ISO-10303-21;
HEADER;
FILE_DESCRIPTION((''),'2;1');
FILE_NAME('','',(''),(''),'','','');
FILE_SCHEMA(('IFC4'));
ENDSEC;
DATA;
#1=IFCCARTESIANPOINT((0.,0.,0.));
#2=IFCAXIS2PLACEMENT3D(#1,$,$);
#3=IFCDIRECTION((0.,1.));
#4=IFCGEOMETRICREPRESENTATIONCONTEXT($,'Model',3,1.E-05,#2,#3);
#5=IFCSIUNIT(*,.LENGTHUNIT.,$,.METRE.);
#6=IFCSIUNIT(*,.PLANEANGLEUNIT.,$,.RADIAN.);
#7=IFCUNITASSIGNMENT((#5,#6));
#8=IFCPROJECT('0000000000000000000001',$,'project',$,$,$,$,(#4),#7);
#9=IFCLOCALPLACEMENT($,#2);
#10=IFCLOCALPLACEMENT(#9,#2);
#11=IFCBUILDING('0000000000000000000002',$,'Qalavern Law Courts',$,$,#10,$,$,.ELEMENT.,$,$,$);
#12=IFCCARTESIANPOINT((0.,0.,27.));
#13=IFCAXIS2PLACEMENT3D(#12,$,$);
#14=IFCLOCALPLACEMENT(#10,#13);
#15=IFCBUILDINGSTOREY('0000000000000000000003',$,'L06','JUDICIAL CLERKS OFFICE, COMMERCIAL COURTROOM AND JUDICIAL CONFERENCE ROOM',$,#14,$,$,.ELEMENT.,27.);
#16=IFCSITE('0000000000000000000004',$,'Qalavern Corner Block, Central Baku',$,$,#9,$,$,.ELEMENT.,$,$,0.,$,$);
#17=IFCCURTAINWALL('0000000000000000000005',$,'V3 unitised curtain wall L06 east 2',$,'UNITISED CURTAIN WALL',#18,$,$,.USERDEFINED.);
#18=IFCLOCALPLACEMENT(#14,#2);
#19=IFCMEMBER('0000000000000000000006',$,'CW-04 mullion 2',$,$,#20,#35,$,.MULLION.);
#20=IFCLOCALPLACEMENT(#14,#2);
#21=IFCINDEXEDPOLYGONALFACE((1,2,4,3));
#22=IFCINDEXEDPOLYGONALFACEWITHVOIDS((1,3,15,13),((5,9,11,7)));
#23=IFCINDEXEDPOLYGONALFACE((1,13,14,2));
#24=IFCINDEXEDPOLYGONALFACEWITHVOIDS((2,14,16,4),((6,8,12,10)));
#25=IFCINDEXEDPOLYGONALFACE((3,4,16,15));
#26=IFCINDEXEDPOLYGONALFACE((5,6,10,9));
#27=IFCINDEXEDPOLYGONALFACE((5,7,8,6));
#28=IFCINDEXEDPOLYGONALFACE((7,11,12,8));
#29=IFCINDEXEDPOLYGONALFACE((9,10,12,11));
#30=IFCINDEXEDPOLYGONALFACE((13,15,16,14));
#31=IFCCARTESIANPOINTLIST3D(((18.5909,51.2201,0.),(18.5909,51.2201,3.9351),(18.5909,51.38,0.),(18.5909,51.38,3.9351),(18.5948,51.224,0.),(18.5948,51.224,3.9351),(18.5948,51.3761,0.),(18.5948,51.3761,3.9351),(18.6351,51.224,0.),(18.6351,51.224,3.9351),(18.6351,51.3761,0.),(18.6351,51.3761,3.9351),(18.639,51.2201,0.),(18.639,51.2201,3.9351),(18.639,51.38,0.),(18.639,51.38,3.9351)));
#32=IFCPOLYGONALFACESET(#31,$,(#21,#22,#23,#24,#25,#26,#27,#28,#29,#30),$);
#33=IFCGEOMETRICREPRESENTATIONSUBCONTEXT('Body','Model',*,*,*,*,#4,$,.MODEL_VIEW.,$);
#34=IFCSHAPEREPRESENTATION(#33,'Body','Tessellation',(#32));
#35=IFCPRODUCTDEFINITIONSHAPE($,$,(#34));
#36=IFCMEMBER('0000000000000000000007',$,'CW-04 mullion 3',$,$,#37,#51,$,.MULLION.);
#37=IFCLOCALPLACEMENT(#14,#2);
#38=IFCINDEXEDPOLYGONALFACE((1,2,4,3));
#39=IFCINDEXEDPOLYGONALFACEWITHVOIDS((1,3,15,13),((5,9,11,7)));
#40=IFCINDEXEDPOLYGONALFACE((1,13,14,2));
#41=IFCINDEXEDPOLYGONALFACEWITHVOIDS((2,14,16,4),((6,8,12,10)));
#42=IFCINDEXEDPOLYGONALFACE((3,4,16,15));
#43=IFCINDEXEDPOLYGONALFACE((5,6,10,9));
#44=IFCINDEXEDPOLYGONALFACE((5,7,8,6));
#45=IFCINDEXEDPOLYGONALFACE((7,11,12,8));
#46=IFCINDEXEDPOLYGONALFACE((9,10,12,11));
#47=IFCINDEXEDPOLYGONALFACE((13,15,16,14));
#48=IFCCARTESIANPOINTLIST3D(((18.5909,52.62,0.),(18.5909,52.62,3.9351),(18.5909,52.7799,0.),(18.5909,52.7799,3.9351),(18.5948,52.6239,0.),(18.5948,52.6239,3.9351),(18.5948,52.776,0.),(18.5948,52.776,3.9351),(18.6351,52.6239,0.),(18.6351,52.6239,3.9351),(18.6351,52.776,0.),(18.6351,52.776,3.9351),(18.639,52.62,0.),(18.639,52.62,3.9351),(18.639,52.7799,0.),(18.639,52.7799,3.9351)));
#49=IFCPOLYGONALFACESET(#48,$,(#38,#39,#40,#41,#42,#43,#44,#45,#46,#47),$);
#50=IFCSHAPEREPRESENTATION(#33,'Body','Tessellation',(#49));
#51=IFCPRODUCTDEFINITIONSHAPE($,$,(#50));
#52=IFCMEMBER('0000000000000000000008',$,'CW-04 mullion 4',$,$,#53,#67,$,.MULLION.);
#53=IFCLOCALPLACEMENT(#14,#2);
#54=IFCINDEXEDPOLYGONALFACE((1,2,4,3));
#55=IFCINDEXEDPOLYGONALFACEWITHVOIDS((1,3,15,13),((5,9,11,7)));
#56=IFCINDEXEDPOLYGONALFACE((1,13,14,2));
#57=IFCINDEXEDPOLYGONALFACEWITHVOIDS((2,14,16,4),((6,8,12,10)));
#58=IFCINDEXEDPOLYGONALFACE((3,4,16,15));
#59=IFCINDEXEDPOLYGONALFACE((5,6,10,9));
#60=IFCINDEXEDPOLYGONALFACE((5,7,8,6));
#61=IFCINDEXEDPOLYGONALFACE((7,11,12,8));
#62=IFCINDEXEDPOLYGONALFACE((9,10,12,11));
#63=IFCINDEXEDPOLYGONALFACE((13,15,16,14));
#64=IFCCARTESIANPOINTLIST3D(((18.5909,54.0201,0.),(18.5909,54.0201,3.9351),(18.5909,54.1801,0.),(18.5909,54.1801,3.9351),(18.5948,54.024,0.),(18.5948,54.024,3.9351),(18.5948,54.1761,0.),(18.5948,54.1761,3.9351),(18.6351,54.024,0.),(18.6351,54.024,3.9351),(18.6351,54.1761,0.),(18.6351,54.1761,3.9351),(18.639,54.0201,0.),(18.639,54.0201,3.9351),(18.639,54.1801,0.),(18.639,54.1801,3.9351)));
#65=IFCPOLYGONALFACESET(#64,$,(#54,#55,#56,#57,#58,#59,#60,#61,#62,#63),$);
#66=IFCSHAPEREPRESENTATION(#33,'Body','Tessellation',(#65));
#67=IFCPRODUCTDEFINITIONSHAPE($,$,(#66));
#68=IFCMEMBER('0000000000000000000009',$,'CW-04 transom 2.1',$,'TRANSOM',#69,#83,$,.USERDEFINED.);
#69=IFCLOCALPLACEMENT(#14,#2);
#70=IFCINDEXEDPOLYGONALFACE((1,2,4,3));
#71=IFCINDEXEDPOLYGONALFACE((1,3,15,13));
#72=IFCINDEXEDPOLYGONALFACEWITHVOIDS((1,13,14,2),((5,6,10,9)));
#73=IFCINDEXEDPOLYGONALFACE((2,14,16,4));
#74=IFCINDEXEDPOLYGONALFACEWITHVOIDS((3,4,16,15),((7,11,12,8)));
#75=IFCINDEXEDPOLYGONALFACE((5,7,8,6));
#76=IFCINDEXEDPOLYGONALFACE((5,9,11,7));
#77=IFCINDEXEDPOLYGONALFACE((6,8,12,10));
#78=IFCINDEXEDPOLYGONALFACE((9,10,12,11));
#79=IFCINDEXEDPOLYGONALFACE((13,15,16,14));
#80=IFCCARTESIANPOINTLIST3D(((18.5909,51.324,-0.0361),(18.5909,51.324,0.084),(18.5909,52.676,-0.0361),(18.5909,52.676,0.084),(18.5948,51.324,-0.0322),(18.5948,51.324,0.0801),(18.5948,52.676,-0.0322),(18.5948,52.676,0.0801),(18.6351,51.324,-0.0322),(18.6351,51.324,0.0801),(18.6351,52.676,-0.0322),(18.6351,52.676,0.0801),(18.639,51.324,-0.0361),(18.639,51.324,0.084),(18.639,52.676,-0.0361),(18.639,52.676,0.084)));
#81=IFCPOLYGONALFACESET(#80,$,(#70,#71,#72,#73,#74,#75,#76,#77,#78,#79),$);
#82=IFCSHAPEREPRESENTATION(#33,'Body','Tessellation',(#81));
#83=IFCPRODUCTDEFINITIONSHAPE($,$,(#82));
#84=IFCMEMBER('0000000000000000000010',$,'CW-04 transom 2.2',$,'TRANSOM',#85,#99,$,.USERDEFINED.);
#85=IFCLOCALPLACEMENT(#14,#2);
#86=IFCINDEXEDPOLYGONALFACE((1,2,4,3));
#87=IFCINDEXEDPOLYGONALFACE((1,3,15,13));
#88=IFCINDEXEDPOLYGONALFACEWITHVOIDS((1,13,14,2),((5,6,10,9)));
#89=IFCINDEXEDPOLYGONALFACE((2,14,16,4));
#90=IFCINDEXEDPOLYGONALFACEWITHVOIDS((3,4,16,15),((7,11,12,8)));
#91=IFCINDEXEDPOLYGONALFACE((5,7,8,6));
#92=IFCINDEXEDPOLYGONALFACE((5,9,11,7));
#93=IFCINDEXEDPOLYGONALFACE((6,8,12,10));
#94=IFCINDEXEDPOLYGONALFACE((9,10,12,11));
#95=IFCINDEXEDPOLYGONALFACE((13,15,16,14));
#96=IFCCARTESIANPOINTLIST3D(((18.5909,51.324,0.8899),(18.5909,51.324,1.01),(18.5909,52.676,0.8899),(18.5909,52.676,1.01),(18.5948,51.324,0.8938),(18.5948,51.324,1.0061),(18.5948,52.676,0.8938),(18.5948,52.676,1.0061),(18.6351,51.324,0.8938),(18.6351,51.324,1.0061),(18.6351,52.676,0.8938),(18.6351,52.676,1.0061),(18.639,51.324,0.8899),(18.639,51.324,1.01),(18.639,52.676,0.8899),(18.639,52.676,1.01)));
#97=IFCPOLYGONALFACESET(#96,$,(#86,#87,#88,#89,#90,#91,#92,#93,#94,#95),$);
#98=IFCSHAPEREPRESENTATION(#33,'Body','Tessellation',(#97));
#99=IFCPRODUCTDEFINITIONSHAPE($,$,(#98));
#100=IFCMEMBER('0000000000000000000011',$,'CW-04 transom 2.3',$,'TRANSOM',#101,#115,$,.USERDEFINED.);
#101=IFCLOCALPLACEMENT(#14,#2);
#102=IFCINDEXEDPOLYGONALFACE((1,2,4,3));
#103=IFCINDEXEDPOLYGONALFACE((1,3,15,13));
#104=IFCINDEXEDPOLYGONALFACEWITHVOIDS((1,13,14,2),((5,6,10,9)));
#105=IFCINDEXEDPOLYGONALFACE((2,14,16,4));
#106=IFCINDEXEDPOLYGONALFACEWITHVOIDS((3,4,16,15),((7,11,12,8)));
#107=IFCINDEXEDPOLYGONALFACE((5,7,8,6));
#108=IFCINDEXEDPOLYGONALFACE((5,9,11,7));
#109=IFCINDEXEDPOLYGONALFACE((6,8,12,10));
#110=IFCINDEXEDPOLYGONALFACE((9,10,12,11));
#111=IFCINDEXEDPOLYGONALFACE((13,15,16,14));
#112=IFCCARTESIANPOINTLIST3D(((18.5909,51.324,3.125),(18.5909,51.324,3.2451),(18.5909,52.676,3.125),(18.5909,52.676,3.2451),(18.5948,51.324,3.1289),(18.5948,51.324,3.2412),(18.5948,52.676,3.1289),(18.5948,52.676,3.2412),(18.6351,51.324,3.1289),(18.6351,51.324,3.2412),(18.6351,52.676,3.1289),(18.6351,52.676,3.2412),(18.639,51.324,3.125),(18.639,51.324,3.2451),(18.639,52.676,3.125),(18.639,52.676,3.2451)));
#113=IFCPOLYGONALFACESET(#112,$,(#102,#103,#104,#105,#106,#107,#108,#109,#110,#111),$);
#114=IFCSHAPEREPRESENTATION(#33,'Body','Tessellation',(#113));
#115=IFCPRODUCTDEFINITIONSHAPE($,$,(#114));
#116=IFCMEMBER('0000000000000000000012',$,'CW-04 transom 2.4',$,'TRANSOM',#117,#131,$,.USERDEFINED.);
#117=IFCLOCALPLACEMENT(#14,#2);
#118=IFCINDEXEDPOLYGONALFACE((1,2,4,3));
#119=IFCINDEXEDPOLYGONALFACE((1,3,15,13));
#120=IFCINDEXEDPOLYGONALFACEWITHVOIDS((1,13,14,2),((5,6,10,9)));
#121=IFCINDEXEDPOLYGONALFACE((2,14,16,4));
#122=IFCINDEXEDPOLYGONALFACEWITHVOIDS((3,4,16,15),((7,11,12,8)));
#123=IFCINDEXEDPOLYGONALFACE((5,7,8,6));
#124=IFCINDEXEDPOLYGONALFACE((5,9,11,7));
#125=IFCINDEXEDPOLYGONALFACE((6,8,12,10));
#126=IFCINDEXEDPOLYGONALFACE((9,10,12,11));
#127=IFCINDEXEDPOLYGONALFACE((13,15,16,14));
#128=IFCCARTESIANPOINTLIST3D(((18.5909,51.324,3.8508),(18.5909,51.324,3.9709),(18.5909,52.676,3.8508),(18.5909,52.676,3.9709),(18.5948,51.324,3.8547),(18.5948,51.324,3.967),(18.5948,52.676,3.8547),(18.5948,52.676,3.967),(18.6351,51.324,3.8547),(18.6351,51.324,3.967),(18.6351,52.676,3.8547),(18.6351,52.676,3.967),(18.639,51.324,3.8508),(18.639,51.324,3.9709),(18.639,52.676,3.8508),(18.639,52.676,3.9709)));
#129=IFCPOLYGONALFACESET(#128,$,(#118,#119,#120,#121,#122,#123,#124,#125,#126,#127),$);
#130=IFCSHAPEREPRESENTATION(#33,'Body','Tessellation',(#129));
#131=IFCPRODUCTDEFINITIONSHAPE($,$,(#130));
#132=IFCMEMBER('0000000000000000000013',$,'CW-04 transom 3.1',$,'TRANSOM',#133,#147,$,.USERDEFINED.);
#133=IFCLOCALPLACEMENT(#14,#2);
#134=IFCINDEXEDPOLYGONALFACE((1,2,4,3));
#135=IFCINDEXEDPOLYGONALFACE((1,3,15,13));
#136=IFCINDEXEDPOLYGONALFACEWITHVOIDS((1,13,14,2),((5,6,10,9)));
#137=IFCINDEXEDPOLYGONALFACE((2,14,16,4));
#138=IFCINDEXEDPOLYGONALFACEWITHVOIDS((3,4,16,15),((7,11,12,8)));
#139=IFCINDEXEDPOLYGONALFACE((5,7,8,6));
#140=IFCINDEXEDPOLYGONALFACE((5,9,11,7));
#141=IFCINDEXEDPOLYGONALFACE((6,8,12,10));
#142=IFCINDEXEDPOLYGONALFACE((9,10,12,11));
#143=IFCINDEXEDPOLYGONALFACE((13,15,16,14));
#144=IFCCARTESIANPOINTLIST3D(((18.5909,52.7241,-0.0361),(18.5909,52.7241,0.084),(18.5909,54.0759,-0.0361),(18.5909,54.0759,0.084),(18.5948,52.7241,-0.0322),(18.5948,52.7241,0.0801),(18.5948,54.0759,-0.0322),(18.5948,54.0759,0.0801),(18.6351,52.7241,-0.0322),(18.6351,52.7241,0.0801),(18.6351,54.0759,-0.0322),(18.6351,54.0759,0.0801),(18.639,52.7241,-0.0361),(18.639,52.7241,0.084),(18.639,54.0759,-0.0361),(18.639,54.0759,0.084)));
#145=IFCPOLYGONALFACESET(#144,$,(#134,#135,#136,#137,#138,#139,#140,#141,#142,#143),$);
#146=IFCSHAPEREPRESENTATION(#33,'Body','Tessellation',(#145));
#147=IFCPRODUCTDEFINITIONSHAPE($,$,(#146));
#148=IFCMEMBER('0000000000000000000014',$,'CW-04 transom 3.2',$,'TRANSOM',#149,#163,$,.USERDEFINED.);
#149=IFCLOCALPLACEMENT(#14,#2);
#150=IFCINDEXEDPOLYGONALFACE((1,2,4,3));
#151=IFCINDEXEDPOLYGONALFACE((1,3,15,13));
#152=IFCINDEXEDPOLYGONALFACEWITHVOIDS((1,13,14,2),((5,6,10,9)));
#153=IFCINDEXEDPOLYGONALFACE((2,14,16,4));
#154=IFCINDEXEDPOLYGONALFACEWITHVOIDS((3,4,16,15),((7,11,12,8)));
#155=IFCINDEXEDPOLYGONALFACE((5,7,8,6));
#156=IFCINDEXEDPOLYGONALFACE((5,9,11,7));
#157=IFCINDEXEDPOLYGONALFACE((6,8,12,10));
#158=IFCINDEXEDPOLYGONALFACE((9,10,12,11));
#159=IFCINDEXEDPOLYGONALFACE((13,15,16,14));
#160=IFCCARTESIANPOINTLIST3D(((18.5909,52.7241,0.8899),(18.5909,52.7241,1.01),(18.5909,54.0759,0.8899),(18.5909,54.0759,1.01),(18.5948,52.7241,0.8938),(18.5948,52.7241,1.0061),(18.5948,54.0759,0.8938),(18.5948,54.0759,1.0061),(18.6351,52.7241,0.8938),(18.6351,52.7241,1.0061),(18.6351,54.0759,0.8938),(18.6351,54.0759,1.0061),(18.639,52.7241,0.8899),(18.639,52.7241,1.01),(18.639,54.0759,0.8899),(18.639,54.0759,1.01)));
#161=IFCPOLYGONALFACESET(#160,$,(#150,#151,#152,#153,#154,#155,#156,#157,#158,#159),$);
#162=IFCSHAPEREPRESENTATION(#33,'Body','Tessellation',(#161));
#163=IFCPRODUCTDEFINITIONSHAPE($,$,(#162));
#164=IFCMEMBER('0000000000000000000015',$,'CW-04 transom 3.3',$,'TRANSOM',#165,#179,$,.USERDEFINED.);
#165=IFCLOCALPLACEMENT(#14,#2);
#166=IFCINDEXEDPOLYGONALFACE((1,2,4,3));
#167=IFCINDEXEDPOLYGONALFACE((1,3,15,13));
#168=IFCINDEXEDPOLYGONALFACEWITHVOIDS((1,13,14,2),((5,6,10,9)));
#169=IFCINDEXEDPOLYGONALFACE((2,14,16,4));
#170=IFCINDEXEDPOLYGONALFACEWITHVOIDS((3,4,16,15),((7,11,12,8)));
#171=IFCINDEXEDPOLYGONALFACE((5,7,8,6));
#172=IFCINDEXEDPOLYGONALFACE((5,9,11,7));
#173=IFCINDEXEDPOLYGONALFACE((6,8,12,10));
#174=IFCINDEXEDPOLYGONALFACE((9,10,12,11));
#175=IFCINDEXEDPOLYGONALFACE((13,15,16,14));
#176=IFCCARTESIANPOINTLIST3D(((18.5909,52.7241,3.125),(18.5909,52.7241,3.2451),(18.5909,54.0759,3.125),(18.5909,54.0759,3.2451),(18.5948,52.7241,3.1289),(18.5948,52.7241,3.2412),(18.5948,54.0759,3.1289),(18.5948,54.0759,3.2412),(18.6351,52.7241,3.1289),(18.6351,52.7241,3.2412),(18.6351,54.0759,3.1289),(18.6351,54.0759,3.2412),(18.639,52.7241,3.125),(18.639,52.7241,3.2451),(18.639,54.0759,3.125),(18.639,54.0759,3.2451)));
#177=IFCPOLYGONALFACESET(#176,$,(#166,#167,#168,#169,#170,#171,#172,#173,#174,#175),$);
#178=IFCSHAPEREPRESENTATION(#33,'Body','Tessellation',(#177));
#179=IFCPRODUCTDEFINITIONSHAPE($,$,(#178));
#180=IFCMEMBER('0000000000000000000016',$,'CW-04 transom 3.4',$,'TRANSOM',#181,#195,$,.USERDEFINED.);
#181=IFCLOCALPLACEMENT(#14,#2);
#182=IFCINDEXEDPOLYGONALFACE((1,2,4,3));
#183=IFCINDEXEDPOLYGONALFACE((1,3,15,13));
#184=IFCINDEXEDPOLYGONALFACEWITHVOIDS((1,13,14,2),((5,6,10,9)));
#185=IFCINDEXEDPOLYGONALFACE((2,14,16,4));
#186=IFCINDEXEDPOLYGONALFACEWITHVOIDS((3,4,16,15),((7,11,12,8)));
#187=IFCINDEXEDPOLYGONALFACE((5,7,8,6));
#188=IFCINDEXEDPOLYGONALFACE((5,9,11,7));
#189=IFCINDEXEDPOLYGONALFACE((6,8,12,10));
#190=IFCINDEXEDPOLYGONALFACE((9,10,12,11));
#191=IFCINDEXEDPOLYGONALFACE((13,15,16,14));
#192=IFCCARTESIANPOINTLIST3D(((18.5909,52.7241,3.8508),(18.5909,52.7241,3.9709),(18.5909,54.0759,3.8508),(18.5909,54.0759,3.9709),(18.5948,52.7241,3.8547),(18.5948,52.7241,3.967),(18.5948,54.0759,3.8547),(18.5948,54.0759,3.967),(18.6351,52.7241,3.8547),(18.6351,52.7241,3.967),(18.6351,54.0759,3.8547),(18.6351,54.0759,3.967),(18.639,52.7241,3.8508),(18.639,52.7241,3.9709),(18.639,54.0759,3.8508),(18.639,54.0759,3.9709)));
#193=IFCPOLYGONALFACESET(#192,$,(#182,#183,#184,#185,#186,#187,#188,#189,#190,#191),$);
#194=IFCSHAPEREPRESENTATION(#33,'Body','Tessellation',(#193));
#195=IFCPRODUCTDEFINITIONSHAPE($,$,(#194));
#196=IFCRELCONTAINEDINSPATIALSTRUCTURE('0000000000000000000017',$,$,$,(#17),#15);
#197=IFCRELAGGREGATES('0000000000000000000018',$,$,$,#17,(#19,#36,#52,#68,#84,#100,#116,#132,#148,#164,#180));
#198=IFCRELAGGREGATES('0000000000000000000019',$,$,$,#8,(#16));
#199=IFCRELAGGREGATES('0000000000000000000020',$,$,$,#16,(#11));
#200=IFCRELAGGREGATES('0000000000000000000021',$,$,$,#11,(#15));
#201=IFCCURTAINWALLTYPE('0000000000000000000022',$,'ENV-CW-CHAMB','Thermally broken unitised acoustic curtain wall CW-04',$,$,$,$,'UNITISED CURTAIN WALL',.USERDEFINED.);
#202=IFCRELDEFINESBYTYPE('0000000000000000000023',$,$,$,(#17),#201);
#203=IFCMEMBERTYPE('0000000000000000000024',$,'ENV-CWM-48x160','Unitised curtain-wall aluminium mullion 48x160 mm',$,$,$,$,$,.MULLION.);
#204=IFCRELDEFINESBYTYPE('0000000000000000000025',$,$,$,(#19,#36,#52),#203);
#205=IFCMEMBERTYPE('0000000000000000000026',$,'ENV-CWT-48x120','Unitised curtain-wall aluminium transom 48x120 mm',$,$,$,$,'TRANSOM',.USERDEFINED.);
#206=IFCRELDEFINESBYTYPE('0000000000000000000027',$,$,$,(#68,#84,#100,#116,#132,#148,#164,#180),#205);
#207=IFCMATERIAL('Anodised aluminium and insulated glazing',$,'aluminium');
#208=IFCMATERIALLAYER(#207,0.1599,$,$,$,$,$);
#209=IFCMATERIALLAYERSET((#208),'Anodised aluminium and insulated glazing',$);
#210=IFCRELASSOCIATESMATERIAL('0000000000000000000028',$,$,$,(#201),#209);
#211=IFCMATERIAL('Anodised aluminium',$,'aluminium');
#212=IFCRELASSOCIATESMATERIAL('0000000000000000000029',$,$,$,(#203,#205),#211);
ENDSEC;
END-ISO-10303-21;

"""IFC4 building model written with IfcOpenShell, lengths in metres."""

from ifc_helpers import new_model, si_unit, direction, frame, origin, origin_2d, place, context, subcontext, project, spatial, hollow_rectangle, extrude, material, layer, layer_set, material_profile, profile_set, type_object, element, aggregate, save


model = new_model("IFC4")

# Units and contexts
model_context = context("Model", 3, precision=1e-05, world=origin(), true_north=direction((0.0, 1.0)))
body_context = subcontext(model_context, "Body", "Model", "MODEL_VIEW")
ifc_project = project(units=[si_unit("LENGTHUNIT", "METRE"), si_unit("PLANEANGLEUNIT", "RADIAN")], contexts=[model_context])

# Site, building, storey
site_placement = place(None, origin())
site = spatial("IfcSite", under=ifc_project, at=site_placement, Name="Qalavern Corner Block, Central Baku", CompositionType="ELEMENT", RefElevation=0.0)
building_placement = place(site_placement, origin())
building = spatial("IfcBuilding", under=site, at=building_placement, Name="Qalavern Law Courts", CompositionType="ELEMENT")
storey_placement = place(building_placement, frame((0.0, 0.0, 27.0)))
storey = spatial("IfcBuildingStorey", under=building, at=storey_placement, Name="L06", Description="JUDICIAL CLERKS OFFICE, COMMERCIAL COURTROOM AND JUDICIAL CONFERENCE ROOM", CompositionType="ELEMENT", Elevation=27.0)

# Curtain wall, members
ifc_material_1 = material(Name="Anodised aluminium and insulated glazing", Category="aluminium")
ifc_layer_1 = layer(ifc_material_1, 0.1599)
ifc_layer_set_1 = layer_set([ifc_layer_1], Name="Anodised aluminium and insulated glazing")
curtain_wall_type = type_object("IfcCurtainWallType", Name="ENV-CW-CHAMB", Description="Thermally broken unitised acoustic curtain wall CW-04", ElementType="UNITISED CURTAIN WALL", PredefinedType="USERDEFINED", material=ifc_layer_set_1)
curtain_wall_placement = place(storey_placement, origin())
curtain_wall = element("IfcCurtainWall", 1, at=curtain_wall_placement, inside=storey, type_object=curtain_wall_type, Name="V3 unitised curtain wall L06 east 2", ObjectType="UNITISED CURTAIN WALL", PredefinedType="USERDEFINED")
ifc_material_2 = material(Name="Anodised aluminium", Category="aluminium")
ifc_material_profile_1 = material_profile(ifc_material_2, hollow_rectangle(XDim=0.0481, YDim=0.1599, WallThickness=0.0039, at=origin_2d()), Name="ALU MULLION 48x160")
ifc_profile_set_1 = profile_set([ifc_material_profile_1], Name="Anodised aluminium")
member_type_1 = type_object("IfcMemberType", Name="ENV-CWM-48x160", Description="Unitised curtain-wall aluminium mullion 48x160 mm", PredefinedType="MULLION", material=ifc_profile_set_1)
member_1_placement = place(storey_placement, frame((18.615, 51.3, 0.0), z_axis=(0.0, 0.0, 1.0), x_axis=(-1.0, 0.0, 0.0)))
member_1 = element("IfcMember", 2, at=member_1_placement, type_object=member_type_1, Name="CW-04 mullion 2", PredefinedType="MULLION", context=body_context, shape_type="SweptSolid", body=[
    extrude(hollow_rectangle(XDim=0.0481, YDim=0.1599, WallThickness=0.0039, at=origin_2d()), origin(), (0.0, 0.0, 1.0), 3.9351),
])
member_2_placement = place(storey_placement, frame((18.615, 52.7, 0.0), z_axis=(0.0, 0.0, 1.0), x_axis=(-1.0, 0.0, 0.0)))
member_2 = element("IfcMember", 3, at=member_2_placement, type_object=member_type_1, Name="CW-04 mullion 3", PredefinedType="MULLION", context=body_context, shape_type="SweptSolid", body=[
    extrude(hollow_rectangle(XDim=0.0481, YDim=0.1599, WallThickness=0.0039, at=origin_2d()), origin(), (0.0, 0.0, 1.0), 3.9351),
])
member_3_placement = place(storey_placement, frame((18.615, 54.1001, 0.0), z_axis=(0.0, 0.0, 1.0), x_axis=(-1.0, 0.0, 0.0)))
member_3 = element("IfcMember", 4, at=member_3_placement, type_object=member_type_1, Name="CW-04 mullion 4", PredefinedType="MULLION", context=body_context, shape_type="SweptSolid", body=[
    extrude(hollow_rectangle(XDim=0.0481, YDim=0.1599, WallThickness=0.0039, at=origin_2d()), origin(), (0.0, 0.0, 1.0), 3.9351),
])
ifc_material_profile_2 = material_profile(ifc_material_2, hollow_rectangle(XDim=0.0481, YDim=0.1201, WallThickness=0.0039, at=origin_2d()), Name="ALU TRANSOM 48x120")
ifc_profile_set_2 = profile_set([ifc_material_profile_2], Name="Anodised aluminium")
member_type_2 = type_object("IfcMemberType", Name="ENV-CWT-48x120", Description="Unitised curtain-wall aluminium transom 48x120 mm", ElementType="TRANSOM", PredefinedType="USERDEFINED", material=ifc_profile_set_2)
member_4_placement = place(storey_placement, frame((18.615, 51.324, 0.0239), z_axis=(0.0, 1.0, 0.0), x_axis=(-1.0, 0.0, 0.0)))
member_4 = element("IfcMember", 5, at=member_4_placement, type_object=member_type_2, Name="CW-04 transom 2.1", ObjectType="TRANSOM", PredefinedType="USERDEFINED", context=body_context, shape_type="SweptSolid", body=[
    extrude(hollow_rectangle(XDim=0.0481, YDim=0.1201, WallThickness=0.0039, at=origin_2d()), origin(), (0.0, 0.0, 1.0), 1.3521),
])
member_5_placement = place(storey_placement, frame((18.615, 51.324, 0.95), z_axis=(0.0, 1.0, 0.0), x_axis=(-1.0, 0.0, 0.0)))
member_5 = element("IfcMember", 6, at=member_5_placement, type_object=member_type_2, Name="CW-04 transom 2.2", ObjectType="TRANSOM", PredefinedType="USERDEFINED", context=body_context, shape_type="SweptSolid", body=[
    extrude(hollow_rectangle(XDim=0.0481, YDim=0.1201, WallThickness=0.0039, at=origin_2d()), origin(), (0.0, 0.0, 1.0), 1.3521),
])
member_6_placement = place(storey_placement, frame((18.615, 51.324, 3.1851), z_axis=(0.0, 1.0, 0.0), x_axis=(-1.0, 0.0, 0.0)))
member_6 = element("IfcMember", 7, at=member_6_placement, type_object=member_type_2, Name="CW-04 transom 2.3", ObjectType="TRANSOM", PredefinedType="USERDEFINED", context=body_context, shape_type="SweptSolid", body=[
    extrude(hollow_rectangle(XDim=0.0481, YDim=0.1201, WallThickness=0.0039, at=origin_2d()), origin(), (0.0, 0.0, 1.0), 1.3521),
])
member_7_placement = place(storey_placement, frame((18.615, 51.324, 3.9109), z_axis=(0.0, 1.0, 0.0), x_axis=(-1.0, 0.0, 0.0)))
member_7 = element("IfcMember", 8, at=member_7_placement, type_object=member_type_2, Name="CW-04 transom 2.4", ObjectType="TRANSOM", PredefinedType="USERDEFINED", context=body_context, shape_type="SweptSolid", body=[
    extrude(hollow_rectangle(XDim=0.0481, YDim=0.1201, WallThickness=0.0039, at=origin_2d()), origin(), (0.0, 0.0, 1.0), 1.3521),
])
member_8_placement = place(storey_placement, frame((18.615, 52.7241, 0.0239), z_axis=(0.0, 1.0, 0.0), x_axis=(-1.0, 0.0, 0.0)))
member_8 = element("IfcMember", 9, at=member_8_placement, type_object=member_type_2, Name="CW-04 transom 3.1", ObjectType="TRANSOM", PredefinedType="USERDEFINED", context=body_context, shape_type="SweptSolid", body=[
    extrude(hollow_rectangle(XDim=0.0481, YDim=0.1201, WallThickness=0.0039, at=origin_2d()), origin(), (0.0, 0.0, 1.0), 1.3518),
])
member_9_placement = place(storey_placement, frame((18.615, 52.7241, 0.95), z_axis=(0.0, 1.0, 0.0), x_axis=(-1.0, 0.0, 0.0)))
member_9 = element("IfcMember", 10, at=member_9_placement, type_object=member_type_2, Name="CW-04 transom 3.2", ObjectType="TRANSOM", PredefinedType="USERDEFINED", context=body_context, shape_type="SweptSolid", body=[
    extrude(hollow_rectangle(XDim=0.0481, YDim=0.1201, WallThickness=0.0039, at=origin_2d()), origin(), (0.0, 0.0, 1.0), 1.3518),
])
member_10_placement = place(storey_placement, frame((18.615, 52.7241, 3.1851), z_axis=(0.0, 1.0, 0.0), x_axis=(-1.0, 0.0, 0.0)))
member_10 = element("IfcMember", 11, at=member_10_placement, type_object=member_type_2, Name="CW-04 transom 3.3", ObjectType="TRANSOM", PredefinedType="USERDEFINED", context=body_context, shape_type="SweptSolid", body=[
    extrude(hollow_rectangle(XDim=0.0481, YDim=0.1201, WallThickness=0.0039, at=origin_2d()), origin(), (0.0, 0.0, 1.0), 1.3518),
])
member_11_placement = place(storey_placement, frame((18.615, 52.7241, 3.9109), z_axis=(0.0, 1.0, 0.0), x_axis=(-1.0, 0.0, 0.0)))
member_11 = element("IfcMember", 12, at=member_11_placement, type_object=member_type_2, Name="CW-04 transom 3.4", ObjectType="TRANSOM", PredefinedType="USERDEFINED", context=body_context, shape_type="SweptSolid", body=[
    extrude(hollow_rectangle(XDim=0.0481, YDim=0.1201, WallThickness=0.0039, at=origin_2d()), origin(), (0.0, 0.0, 1.0), 1.3518),
])

aggregate(curtain_wall, [member_1, member_2, member_3, member_4, member_5, member_6, member_7, member_8, member_9, member_10, member_11])

save(model, "model.ifc")
